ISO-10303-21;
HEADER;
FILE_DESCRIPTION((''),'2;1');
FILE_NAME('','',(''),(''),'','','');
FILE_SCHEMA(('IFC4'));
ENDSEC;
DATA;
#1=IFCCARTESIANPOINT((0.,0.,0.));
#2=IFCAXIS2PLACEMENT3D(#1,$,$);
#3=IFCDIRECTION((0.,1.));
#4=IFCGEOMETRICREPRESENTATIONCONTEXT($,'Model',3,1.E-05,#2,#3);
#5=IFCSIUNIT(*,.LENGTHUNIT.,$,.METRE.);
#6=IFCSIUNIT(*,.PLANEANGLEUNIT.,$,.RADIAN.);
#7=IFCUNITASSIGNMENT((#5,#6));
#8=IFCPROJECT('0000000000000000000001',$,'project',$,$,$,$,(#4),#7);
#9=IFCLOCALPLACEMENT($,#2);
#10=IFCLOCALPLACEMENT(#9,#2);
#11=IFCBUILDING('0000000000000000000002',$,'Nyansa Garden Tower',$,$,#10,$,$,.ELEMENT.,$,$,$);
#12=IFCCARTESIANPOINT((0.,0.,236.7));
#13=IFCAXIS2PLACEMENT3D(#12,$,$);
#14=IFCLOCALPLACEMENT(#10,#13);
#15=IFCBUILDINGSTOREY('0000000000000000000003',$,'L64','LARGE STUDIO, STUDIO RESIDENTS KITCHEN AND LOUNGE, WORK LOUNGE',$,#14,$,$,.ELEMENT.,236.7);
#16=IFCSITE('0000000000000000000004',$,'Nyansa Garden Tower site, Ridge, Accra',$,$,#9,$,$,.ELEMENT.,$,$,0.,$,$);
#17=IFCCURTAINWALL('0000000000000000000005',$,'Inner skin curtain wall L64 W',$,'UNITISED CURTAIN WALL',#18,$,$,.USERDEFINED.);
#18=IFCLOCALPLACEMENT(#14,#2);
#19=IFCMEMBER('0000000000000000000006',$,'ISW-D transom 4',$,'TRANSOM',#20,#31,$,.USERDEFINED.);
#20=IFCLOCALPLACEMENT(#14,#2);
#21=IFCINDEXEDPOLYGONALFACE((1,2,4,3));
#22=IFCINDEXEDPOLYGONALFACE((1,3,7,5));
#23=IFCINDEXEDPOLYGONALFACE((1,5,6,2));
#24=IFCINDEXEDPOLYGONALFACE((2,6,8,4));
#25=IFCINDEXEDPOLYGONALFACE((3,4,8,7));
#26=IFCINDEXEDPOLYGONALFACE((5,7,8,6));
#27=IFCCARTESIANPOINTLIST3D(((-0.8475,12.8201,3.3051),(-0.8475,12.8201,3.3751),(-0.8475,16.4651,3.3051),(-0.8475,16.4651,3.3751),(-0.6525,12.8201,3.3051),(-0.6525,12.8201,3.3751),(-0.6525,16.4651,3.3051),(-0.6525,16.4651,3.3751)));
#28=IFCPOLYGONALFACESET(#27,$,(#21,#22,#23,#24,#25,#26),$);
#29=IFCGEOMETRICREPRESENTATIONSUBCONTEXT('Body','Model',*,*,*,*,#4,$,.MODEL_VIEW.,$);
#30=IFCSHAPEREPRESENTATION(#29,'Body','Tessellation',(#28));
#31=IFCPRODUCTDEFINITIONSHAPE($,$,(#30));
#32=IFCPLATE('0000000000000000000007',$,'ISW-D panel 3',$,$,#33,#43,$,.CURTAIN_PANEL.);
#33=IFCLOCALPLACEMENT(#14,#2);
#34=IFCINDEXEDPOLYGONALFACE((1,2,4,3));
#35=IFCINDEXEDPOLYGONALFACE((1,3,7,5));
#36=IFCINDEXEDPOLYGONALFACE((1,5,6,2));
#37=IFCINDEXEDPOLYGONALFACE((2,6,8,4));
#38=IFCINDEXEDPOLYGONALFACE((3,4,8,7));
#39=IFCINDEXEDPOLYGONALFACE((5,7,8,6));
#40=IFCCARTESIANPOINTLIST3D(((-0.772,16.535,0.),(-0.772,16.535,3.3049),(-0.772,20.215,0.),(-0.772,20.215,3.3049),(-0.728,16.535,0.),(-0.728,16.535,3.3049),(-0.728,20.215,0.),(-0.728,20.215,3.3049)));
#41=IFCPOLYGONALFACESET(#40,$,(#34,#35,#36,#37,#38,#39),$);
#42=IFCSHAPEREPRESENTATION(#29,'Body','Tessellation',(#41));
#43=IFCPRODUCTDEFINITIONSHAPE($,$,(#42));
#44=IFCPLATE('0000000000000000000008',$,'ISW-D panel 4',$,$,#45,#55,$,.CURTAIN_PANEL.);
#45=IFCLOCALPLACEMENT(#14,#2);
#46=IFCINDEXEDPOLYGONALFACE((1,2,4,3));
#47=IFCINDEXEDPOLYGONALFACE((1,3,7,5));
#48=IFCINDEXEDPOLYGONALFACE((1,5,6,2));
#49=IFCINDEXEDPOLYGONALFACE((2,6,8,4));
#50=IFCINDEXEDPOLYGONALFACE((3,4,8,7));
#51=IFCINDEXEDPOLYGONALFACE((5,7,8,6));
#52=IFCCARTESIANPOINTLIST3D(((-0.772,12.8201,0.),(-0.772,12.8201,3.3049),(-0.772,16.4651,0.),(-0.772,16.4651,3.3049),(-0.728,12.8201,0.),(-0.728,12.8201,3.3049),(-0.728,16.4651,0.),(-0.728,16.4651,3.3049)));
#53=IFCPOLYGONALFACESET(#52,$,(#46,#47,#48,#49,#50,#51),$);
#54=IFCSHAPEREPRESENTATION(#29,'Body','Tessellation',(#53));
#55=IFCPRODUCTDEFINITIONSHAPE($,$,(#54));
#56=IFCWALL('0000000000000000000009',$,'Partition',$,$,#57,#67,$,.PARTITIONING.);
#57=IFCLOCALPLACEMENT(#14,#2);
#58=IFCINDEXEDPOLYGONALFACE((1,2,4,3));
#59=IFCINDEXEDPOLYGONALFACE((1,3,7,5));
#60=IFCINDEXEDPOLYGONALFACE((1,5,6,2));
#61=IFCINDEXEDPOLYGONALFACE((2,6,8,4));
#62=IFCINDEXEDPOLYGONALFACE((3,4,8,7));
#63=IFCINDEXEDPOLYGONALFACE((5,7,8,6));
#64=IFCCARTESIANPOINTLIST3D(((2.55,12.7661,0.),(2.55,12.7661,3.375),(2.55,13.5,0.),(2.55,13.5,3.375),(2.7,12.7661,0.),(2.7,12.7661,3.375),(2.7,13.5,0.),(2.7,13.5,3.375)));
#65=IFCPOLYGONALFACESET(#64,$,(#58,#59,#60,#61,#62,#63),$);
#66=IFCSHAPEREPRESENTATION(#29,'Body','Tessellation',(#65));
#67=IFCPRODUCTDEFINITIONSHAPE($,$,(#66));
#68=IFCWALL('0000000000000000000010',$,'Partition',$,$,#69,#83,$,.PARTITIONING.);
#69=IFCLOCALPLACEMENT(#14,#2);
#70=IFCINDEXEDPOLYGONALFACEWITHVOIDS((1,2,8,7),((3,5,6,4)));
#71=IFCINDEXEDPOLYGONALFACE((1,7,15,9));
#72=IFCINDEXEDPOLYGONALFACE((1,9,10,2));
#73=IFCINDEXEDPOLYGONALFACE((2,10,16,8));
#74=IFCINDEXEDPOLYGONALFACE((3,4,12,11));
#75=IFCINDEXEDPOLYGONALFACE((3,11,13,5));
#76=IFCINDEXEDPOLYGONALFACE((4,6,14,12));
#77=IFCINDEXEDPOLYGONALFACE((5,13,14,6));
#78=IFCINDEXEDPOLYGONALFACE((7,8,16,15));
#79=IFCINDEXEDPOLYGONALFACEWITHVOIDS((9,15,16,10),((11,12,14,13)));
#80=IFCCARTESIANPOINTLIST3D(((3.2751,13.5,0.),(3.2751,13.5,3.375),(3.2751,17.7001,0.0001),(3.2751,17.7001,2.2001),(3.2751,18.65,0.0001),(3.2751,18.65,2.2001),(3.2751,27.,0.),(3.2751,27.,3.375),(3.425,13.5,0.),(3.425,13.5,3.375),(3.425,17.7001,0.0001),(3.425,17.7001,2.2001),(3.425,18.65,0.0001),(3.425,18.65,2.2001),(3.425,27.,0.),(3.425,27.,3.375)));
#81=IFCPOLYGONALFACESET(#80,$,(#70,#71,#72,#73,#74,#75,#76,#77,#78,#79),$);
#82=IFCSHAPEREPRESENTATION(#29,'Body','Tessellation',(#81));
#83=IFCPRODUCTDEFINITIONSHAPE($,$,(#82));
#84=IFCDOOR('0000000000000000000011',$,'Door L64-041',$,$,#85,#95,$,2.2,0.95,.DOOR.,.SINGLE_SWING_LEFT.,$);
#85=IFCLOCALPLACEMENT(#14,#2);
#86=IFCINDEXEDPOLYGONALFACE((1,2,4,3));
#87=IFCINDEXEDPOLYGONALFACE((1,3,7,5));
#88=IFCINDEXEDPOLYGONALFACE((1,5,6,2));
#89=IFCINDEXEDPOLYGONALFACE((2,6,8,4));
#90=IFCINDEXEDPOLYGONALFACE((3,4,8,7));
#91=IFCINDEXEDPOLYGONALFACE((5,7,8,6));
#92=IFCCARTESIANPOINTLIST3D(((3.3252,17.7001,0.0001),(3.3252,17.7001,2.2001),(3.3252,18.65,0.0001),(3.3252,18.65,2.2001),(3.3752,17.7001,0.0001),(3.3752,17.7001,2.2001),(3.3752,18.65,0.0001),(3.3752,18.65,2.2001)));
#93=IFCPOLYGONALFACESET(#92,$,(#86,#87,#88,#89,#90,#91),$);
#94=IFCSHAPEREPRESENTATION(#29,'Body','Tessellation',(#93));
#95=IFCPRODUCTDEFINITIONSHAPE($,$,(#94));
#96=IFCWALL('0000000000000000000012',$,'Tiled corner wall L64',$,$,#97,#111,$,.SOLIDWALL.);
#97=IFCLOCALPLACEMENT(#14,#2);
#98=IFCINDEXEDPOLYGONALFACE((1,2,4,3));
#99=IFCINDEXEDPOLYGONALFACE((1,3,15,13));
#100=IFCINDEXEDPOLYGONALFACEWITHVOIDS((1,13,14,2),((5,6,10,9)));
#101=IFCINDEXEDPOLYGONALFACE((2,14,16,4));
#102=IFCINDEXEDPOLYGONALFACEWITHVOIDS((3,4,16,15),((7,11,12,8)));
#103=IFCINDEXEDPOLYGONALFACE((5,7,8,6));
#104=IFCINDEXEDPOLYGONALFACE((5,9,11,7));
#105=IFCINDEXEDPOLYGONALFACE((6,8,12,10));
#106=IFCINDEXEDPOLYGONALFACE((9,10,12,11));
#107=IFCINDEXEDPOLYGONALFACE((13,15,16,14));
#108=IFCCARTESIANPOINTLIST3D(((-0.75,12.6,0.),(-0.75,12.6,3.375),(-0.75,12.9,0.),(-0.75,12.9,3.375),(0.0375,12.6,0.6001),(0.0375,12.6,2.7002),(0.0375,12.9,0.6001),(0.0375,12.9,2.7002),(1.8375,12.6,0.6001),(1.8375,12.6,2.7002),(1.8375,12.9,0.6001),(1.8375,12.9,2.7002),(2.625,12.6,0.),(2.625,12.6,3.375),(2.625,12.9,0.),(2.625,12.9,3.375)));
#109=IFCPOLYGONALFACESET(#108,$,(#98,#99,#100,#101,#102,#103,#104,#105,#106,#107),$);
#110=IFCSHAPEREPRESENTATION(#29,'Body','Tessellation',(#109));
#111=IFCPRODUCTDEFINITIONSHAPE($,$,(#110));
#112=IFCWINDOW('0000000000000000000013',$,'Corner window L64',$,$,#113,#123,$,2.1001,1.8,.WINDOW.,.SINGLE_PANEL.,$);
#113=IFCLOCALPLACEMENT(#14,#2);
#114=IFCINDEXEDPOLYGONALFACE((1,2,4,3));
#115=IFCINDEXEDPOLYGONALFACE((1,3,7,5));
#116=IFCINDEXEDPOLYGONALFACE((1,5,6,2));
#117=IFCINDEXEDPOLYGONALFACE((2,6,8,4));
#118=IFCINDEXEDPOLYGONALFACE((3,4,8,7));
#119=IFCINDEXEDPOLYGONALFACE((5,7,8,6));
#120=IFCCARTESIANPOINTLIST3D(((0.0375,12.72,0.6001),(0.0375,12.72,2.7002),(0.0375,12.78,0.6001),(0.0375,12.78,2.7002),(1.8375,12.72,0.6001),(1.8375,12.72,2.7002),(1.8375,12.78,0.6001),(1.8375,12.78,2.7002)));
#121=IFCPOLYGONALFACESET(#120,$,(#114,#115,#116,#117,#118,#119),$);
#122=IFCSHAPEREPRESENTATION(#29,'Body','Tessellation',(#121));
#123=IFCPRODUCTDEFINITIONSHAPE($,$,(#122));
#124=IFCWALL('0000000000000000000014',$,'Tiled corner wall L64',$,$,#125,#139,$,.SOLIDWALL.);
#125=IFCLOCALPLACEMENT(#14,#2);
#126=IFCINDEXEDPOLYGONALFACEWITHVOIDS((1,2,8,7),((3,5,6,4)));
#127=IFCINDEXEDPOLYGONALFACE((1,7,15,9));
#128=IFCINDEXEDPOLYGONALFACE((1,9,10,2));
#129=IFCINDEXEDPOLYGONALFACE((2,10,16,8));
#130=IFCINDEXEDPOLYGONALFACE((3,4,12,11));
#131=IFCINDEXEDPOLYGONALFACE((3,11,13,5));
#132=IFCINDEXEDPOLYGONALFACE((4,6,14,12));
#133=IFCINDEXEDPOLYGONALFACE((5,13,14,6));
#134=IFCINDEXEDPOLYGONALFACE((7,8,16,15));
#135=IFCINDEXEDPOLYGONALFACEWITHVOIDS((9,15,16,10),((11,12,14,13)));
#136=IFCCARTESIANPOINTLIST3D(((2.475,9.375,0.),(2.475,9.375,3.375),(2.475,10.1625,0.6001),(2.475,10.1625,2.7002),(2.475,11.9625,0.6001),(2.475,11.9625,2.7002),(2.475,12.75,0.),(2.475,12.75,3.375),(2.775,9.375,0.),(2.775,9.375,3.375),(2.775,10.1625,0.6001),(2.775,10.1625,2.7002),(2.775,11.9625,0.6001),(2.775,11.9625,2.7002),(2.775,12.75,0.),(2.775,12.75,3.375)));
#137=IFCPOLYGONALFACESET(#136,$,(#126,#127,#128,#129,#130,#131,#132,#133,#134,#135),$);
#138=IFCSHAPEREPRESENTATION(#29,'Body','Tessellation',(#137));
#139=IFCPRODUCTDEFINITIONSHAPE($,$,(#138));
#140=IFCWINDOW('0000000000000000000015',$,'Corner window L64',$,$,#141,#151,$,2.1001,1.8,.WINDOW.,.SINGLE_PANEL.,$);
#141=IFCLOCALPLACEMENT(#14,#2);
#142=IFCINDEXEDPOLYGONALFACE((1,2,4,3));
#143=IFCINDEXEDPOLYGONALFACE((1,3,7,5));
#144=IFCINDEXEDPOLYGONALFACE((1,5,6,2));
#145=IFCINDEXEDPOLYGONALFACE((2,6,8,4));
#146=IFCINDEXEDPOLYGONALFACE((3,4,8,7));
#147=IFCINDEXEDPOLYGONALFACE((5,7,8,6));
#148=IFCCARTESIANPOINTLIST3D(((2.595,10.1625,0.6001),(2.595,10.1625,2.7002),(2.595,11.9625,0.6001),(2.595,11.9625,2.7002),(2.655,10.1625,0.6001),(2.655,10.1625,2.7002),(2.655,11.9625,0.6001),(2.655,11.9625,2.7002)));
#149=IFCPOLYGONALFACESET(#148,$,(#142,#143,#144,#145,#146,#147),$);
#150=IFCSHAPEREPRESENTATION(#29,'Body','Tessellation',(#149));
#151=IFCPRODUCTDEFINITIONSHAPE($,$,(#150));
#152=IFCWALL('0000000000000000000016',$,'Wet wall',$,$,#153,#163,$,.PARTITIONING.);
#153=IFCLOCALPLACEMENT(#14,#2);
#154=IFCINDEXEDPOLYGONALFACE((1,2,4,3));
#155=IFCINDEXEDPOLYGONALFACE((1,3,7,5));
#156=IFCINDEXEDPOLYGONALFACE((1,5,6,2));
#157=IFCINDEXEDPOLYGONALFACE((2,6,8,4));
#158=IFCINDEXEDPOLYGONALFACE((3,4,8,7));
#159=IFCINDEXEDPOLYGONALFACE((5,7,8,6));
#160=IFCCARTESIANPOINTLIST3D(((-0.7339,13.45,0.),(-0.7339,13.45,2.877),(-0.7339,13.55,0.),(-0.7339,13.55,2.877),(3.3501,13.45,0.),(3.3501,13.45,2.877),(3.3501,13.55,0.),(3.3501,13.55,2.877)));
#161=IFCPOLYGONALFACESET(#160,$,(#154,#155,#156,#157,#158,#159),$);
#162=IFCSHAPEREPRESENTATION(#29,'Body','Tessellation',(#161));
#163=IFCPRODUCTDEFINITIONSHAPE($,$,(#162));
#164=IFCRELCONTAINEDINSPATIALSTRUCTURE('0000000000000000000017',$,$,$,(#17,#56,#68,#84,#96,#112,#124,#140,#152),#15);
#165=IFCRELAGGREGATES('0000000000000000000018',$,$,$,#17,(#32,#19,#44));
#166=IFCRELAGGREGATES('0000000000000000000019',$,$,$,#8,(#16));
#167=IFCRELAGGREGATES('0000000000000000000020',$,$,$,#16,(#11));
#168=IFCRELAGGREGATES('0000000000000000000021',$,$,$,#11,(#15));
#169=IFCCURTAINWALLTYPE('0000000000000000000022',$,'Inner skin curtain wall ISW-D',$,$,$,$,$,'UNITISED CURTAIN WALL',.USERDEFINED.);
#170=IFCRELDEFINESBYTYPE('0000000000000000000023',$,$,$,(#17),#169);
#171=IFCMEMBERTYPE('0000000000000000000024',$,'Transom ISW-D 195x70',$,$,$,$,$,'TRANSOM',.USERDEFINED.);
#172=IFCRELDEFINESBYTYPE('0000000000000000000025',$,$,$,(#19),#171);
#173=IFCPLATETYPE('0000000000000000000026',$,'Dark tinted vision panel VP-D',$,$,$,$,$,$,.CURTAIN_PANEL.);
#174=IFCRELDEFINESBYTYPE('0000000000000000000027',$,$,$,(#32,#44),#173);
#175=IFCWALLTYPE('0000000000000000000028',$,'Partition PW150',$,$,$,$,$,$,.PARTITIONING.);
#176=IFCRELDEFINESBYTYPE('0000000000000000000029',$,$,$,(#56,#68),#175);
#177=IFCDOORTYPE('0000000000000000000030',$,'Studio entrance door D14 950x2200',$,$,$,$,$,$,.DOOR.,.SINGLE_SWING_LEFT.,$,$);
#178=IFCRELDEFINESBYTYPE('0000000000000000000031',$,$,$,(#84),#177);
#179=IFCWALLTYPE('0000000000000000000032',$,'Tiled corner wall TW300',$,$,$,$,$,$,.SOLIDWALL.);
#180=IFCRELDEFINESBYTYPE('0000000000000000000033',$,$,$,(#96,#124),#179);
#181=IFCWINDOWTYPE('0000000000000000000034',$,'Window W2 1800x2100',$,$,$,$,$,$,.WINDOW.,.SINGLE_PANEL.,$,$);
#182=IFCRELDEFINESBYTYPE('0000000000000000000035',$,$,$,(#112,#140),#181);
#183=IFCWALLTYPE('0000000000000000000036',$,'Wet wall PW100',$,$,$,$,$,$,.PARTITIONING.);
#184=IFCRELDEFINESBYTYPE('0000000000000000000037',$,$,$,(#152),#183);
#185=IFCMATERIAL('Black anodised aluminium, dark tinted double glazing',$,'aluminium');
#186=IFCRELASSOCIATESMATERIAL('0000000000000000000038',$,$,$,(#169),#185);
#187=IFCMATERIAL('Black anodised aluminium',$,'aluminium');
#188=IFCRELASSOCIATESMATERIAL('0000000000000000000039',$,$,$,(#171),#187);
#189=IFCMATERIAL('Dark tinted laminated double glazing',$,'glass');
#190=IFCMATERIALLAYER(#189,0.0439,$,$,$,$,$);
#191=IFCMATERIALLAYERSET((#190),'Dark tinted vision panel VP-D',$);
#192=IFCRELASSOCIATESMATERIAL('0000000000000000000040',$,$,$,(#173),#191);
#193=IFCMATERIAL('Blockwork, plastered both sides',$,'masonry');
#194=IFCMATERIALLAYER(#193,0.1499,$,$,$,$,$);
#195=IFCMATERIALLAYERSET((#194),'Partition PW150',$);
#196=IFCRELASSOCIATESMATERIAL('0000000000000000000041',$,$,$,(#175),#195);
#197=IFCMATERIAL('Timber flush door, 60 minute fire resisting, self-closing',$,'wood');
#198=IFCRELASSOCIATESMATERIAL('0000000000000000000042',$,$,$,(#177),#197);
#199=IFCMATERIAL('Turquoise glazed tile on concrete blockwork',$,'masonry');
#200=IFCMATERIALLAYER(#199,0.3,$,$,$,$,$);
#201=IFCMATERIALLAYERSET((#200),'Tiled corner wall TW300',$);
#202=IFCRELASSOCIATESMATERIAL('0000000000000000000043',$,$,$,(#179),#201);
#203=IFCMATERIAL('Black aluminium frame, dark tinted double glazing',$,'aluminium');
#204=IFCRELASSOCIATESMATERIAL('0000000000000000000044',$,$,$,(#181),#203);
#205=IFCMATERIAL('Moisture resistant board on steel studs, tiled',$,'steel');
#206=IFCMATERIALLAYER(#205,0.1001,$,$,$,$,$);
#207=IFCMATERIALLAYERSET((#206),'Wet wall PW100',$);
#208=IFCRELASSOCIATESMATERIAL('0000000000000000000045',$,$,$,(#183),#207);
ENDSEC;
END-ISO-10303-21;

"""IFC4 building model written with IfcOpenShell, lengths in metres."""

from ifc_helpers import new_model, si_unit, direction, frame, frame_2d, origin, origin_2d, place, context, subcontext, project, spatial, rectangle, extrude, material, layer, layer_set, material_profile, profile_set, type_object, element, fill, aggregate, save


model = new_model("IFC4")

# Units and contexts
model_context = context("Model", 3, precision=1e-05, world=origin(), true_north=direction((0.0, 1.0)))
body_context = subcontext(model_context, "Body", "Model", "MODEL_VIEW")
ifc_project = project(units=[si_unit("LENGTHUNIT", "METRE"), si_unit("PLANEANGLEUNIT", "RADIAN")], contexts=[model_context])

# Site, building, storey
site_placement = place(None, origin())
site = spatial("IfcSite", under=ifc_project, at=site_placement, Name="Nyansa Garden Tower site, Ridge, Accra", CompositionType="ELEMENT", RefElevation=0.0)
building_placement = place(site_placement, origin())
building = spatial("IfcBuilding", under=site, at=building_placement, Name="Nyansa Garden Tower", CompositionType="ELEMENT")
storey_placement = place(building_placement, frame((0.0, 0.0, 236.7)))
storey = spatial("IfcBuildingStorey", under=building, at=storey_placement, Name="L64", Description="LARGE STUDIO, STUDIO RESIDENTS KITCHEN AND LOUNGE, WORK LOUNGE", CompositionType="ELEMENT", Elevation=236.7)

# Curtain wall
ifc_material_1 = material(Name="Black anodised aluminium, dark tinted double glazing", Category="aluminium")
curtain_wall_type = type_object("IfcCurtainWallType", Name="Inner skin curtain wall ISW-D", ElementType="UNITISED CURTAIN WALL", PredefinedType="USERDEFINED", material=ifc_material_1)
curtain_wall_placement = place(storey_placement, origin())
curtain_wall = element("IfcCurtainWall", 1, at=curtain_wall_placement, inside=storey, type_object=curtain_wall_type, Name="Inner skin curtain wall L64 W", ObjectType="UNITISED CURTAIN WALL", PredefinedType="USERDEFINED")

# Member
ifc_material_2 = material(Name="Black anodised aluminium", Category="aluminium")
ifc_material_profile_1 = material_profile(ifc_material_2, rectangle(XDim=0.1951, YDim=0.0701, at=origin_2d()), Name="Transom 195x70")
ifc_profile_set_1 = profile_set([ifc_material_profile_1], Name="Black anodised aluminium")
member_type_1 = type_object("IfcMemberType", Name="Transom ISW-D 195x70", ElementType="TRANSOM", PredefinedType="USERDEFINED", material=ifc_profile_set_1)
member_1_placement = place(storey_placement, frame((-0.75, 16.4651, 3.3401), z_axis=(0.0, -1.0, 0.0), x_axis=(1.0, 0.0, 0.0)))
member_1 = element("IfcMember", 2, at=member_1_placement, type_object=member_type_1, Name="ISW-D transom 4", ObjectType="TRANSOM", PredefinedType="USERDEFINED", context=body_context, shape_type="SweptSolid", body=[
    extrude(rectangle(XDim=0.1951, YDim=0.0701, at=origin_2d()), origin(), (0.0, 0.0, 1.0), 3.645),
])

# Plates
ifc_material_3 = material(Name="Dark tinted laminated double glazing", Category="glass")
ifc_layer_1 = layer(ifc_material_3, 0.0439)
ifc_layer_set_1 = layer_set([ifc_layer_1], Name="Dark tinted vision panel VP-D")
plate_type = type_object("IfcPlateType", Name="Dark tinted vision panel VP-D", PredefinedType="CURTAIN_PANEL", material=ifc_layer_set_1)
plate_1_placement = place(storey_placement, frame((-0.75, 18.375, 0.0), z_axis=(0.0, 0.0, 1.0), x_axis=(0.0, -1.0, 0.0)))
plate_1 = element("IfcPlate", 3, at=plate_1_placement, type_object=plate_type, Name="ISW-D panel 3", PredefinedType="CURTAIN_PANEL", context=body_context, shape_type="SweptSolid", body=[
    extrude(rectangle(XDim=3.6799, YDim=0.0439, at=origin_2d()), origin(), (0.0, 0.0, 1.0), 3.3049),
])
plate_2_placement = place(storey_placement, frame((-0.75, 14.6426, 0.0), z_axis=(0.0, 0.0, 1.0), x_axis=(0.0, -1.0, 0.0)))
plate_2 = element("IfcPlate", 4, at=plate_2_placement, type_object=plate_type, Name="ISW-D panel 4", PredefinedType="CURTAIN_PANEL", context=body_context, shape_type="SweptSolid", body=[
    extrude(rectangle(XDim=3.645, YDim=0.0439, at=origin_2d()), origin(), (0.0, 0.0, 1.0), 3.3049),
])
aggregate(curtain_wall, [plate_1, member_1, plate_2])

# Wall
ifc_material_4 = material(Name="Blockwork, plastered both sides", Category="masonry")
ifc_layer_2 = layer(ifc_material_4, 0.1499)
ifc_layer_set_2 = layer_set([ifc_layer_2], Name="Partition PW150")
wall_type_1 = type_object("IfcWallType", Name="Partition PW150", PredefinedType="PARTITIONING", material=ifc_layer_set_2)
wall_1_placement = place(storey_placement, frame((2.625, 12.7661, 0.0), z_axis=(0.0, 0.0, 1.0), x_axis=(0.0, 1.0, 0.0)))
element("IfcWall", 5, at=wall_1_placement, inside=storey, type_object=wall_type_1, Name="Partition", PredefinedType="PARTITIONING", context=body_context, shape_type="SweptSolid", body=[
    extrude(rectangle(XDim=0.7339, YDim=0.1499, at=frame_2d((0.3669, 0.0))), origin(), (0.0, 0.0, 1.0), 3.375),
])

# Wall, opening, door
wall_2_placement = place(storey_placement, frame((3.3501, 13.5, 0.0), z_axis=(0.0, 0.0, 1.0), x_axis=(0.0, 1.0, 0.0)))
wall_2 = element("IfcWall", 6, at=wall_2_placement, inside=storey, type_object=wall_type_1, Name="Partition", PredefinedType="PARTITIONING", context=body_context, shape_type="SweptSolid", body=[
    extrude(rectangle(XDim=13.5, YDim=0.1499, at=frame_2d((6.75, 0.0))), origin(), (0.0, 0.0, 1.0), 3.375),
])
opening_1_placement = place(wall_2_placement, frame((4.2, 0.0, 0.0)))
opening_1 = element("IfcOpeningElement", 7, at=opening_1_placement, cuts=wall_2, PredefinedType="OPENING", context=body_context, shape_type="SweptSolid", body=[
    extrude(rectangle(XDim=0.95, YDim=2.2, at=frame_2d((0.4751, 1.1001))), frame((0.0, 0.085, 0.0), z_axis=(0.0, -1.0, 0.0), x_axis=(1.0, 0.0, 0.0)), (0.0, 0.0, 1.0), 0.1699),
])
ifc_material_5 = material(Name="Timber flush door, 60 minute fire resisting, self-closing", Category="wood")
door_type_1 = type_object("IfcDoorType", Name="Studio entrance door D14 950x2200", OperationType="SINGLE_SWING_LEFT", PredefinedType="DOOR", material=ifc_material_5)
door_1_placement = place(opening_1_placement, origin())
door_1 = element("IfcDoor", 8, at=door_1_placement, inside=storey, type_object=door_type_1, Name="Door L64-041", OperationType="SINGLE_SWING_LEFT", OverallHeight=2.2, OverallWidth=0.95, PredefinedType="DOOR", context=body_context, shape_type="SweptSolid", body=[
    extrude(rectangle(XDim=0.95, YDim=2.2, at=frame_2d((0.4751, 1.1001))), frame((0.0, 0.0249, 0.0), z_axis=(0.0, -1.0, 0.0), x_axis=(1.0, 0.0, 0.0)), (0.0, 0.0, 1.0), 0.05),
])
fill(opening_1, door_1)

# Walls, openings, windows
ifc_material_6 = material(Name="Turquoise glazed tile on concrete blockwork", Category="masonry")
ifc_layer_3 = layer(ifc_material_6, 0.3)
ifc_layer_set_3 = layer_set([ifc_layer_3], Name="Tiled corner wall TW300")
wall_type_2 = type_object("IfcWallType", Name="Tiled corner wall TW300", PredefinedType="SOLIDWALL", material=ifc_layer_set_3)
wall_3_placement = place(storey_placement, frame((-0.75, 12.75, 0.0), z_axis=(0.0, 0.0, 1.0), x_axis=(1.0, 0.0, 0.0)))
wall_3 = element("IfcWall", 9, at=wall_3_placement, inside=storey, type_object=wall_type_2, Name="Tiled corner wall L64", PredefinedType="SOLIDWALL", context=body_context, shape_type="SweptSolid", body=[
    extrude(rectangle(XDim=3.375, YDim=0.3, at=frame_2d((1.6875, 0.0))), origin(), (0.0, 0.0, 1.0), 3.375),
])
opening_2_placement = place(wall_3_placement, frame((0.7876, 0.0, 0.6001)))
opening_2 = element("IfcOpeningElement", 10, at=opening_2_placement, cuts=wall_3, PredefinedType="OPENING", context=body_context, shape_type="SweptSolid", body=[
    extrude(rectangle(XDim=1.8, YDim=2.1001, at=frame_2d((0.8999, 1.05))), frame((0.0, 0.1599, 0.0), z_axis=(0.0, -1.0, 0.0), x_axis=(1.0, 0.0, 0.0)), (0.0, 0.0, 1.0), 0.3201),
])
ifc_material_7 = material(Name="Black aluminium frame, dark tinted double glazing", Category="aluminium")
window_type = type_object("IfcWindowType", Name="Window W2 1800x2100", PartitioningType="SINGLE_PANEL", PredefinedType="WINDOW", material=ifc_material_7)
window_1_placement = place(opening_2_placement, origin())
window_1 = element("IfcWindow", 11, at=window_1_placement, inside=storey, type_object=window_type, Name="Corner window L64", OverallHeight=2.1001, OverallWidth=1.8, PartitioningType="SINGLE_PANEL", PredefinedType="WINDOW", context=body_context, shape_type="SweptSolid", body=[
    extrude(rectangle(XDim=1.8, YDim=2.1001, at=frame_2d((0.8999, 1.05))), frame((0.0, 0.03, 0.0), z_axis=(0.0, -1.0, 0.0), x_axis=(1.0, 0.0, 0.0)), (0.0, 0.0, 1.0), 0.0601),
])
fill(opening_2, window_1)
wall_4_placement = place(storey_placement, frame((2.625, 12.75, 0.0), z_axis=(0.0, 0.0, 1.0), x_axis=(0.0, -1.0, 0.0)))
wall_4 = element("IfcWall", 12, at=wall_4_placement, inside=storey, type_object=wall_type_2, Name="Tiled corner wall L64", PredefinedType="SOLIDWALL", context=body_context, shape_type="SweptSolid", body=[
    extrude(rectangle(XDim=3.375, YDim=0.3, at=frame_2d((1.6875, 0.0))), origin(), (0.0, 0.0, 1.0), 3.375),
])
opening_3_placement = place(wall_4_placement, frame((0.7876, 0.0, 0.6001)))
opening_3 = element("IfcOpeningElement", 13, at=opening_3_placement, cuts=wall_4, PredefinedType="OPENING", context=body_context, shape_type="SweptSolid", body=[
    extrude(rectangle(XDim=1.8, YDim=2.1001, at=frame_2d((0.8999, 1.05))), frame((0.0, 0.1599, 0.0), z_axis=(0.0, -1.0, 0.0), x_axis=(1.0, 0.0, 0.0)), (0.0, 0.0, 1.0), 0.3201),
])
window_2_placement = place(opening_3_placement, origin())
window_2 = element("IfcWindow", 14, at=window_2_placement, inside=storey, type_object=window_type, Name="Corner window L64", OverallHeight=2.1001, OverallWidth=1.8, PartitioningType="SINGLE_PANEL", PredefinedType="WINDOW", context=body_context, shape_type="SweptSolid", body=[
    extrude(rectangle(XDim=1.8, YDim=2.1001, at=frame_2d((0.8999, 1.05))), frame((0.0, 0.03, 0.0), z_axis=(0.0, -1.0, 0.0), x_axis=(1.0, 0.0, 0.0)), (0.0, 0.0, 1.0), 0.0601),
])
fill(opening_3, window_2)

# Wall
ifc_material_8 = material(Name="Moisture resistant board on steel studs, tiled", Category="steel")
ifc_layer_4 = layer(ifc_material_8, 0.1001)
ifc_layer_set_4 = layer_set([ifc_layer_4], Name="Wet wall PW100")
wall_type_3 = type_object("IfcWallType", Name="Wet wall PW100", PredefinedType="PARTITIONING", material=ifc_layer_set_4)
wall_5_placement = place(storey_placement, frame((-0.7339, 13.5, 0.0), z_axis=(0.0, 0.0, 1.0), x_axis=(1.0, 0.0, 0.0)))
element("IfcWall", 15, at=wall_5_placement, inside=storey, type_object=wall_type_3, Name="Wet wall", PredefinedType="PARTITIONING", context=body_context, shape_type="SweptSolid", body=[
    extrude(rectangle(XDim=4.084, YDim=0.1001, at=frame_2d((2.042, 0.0))), origin(), (0.0, 0.0, 1.0), 2.877),
])

save(model, "model.ifc")
